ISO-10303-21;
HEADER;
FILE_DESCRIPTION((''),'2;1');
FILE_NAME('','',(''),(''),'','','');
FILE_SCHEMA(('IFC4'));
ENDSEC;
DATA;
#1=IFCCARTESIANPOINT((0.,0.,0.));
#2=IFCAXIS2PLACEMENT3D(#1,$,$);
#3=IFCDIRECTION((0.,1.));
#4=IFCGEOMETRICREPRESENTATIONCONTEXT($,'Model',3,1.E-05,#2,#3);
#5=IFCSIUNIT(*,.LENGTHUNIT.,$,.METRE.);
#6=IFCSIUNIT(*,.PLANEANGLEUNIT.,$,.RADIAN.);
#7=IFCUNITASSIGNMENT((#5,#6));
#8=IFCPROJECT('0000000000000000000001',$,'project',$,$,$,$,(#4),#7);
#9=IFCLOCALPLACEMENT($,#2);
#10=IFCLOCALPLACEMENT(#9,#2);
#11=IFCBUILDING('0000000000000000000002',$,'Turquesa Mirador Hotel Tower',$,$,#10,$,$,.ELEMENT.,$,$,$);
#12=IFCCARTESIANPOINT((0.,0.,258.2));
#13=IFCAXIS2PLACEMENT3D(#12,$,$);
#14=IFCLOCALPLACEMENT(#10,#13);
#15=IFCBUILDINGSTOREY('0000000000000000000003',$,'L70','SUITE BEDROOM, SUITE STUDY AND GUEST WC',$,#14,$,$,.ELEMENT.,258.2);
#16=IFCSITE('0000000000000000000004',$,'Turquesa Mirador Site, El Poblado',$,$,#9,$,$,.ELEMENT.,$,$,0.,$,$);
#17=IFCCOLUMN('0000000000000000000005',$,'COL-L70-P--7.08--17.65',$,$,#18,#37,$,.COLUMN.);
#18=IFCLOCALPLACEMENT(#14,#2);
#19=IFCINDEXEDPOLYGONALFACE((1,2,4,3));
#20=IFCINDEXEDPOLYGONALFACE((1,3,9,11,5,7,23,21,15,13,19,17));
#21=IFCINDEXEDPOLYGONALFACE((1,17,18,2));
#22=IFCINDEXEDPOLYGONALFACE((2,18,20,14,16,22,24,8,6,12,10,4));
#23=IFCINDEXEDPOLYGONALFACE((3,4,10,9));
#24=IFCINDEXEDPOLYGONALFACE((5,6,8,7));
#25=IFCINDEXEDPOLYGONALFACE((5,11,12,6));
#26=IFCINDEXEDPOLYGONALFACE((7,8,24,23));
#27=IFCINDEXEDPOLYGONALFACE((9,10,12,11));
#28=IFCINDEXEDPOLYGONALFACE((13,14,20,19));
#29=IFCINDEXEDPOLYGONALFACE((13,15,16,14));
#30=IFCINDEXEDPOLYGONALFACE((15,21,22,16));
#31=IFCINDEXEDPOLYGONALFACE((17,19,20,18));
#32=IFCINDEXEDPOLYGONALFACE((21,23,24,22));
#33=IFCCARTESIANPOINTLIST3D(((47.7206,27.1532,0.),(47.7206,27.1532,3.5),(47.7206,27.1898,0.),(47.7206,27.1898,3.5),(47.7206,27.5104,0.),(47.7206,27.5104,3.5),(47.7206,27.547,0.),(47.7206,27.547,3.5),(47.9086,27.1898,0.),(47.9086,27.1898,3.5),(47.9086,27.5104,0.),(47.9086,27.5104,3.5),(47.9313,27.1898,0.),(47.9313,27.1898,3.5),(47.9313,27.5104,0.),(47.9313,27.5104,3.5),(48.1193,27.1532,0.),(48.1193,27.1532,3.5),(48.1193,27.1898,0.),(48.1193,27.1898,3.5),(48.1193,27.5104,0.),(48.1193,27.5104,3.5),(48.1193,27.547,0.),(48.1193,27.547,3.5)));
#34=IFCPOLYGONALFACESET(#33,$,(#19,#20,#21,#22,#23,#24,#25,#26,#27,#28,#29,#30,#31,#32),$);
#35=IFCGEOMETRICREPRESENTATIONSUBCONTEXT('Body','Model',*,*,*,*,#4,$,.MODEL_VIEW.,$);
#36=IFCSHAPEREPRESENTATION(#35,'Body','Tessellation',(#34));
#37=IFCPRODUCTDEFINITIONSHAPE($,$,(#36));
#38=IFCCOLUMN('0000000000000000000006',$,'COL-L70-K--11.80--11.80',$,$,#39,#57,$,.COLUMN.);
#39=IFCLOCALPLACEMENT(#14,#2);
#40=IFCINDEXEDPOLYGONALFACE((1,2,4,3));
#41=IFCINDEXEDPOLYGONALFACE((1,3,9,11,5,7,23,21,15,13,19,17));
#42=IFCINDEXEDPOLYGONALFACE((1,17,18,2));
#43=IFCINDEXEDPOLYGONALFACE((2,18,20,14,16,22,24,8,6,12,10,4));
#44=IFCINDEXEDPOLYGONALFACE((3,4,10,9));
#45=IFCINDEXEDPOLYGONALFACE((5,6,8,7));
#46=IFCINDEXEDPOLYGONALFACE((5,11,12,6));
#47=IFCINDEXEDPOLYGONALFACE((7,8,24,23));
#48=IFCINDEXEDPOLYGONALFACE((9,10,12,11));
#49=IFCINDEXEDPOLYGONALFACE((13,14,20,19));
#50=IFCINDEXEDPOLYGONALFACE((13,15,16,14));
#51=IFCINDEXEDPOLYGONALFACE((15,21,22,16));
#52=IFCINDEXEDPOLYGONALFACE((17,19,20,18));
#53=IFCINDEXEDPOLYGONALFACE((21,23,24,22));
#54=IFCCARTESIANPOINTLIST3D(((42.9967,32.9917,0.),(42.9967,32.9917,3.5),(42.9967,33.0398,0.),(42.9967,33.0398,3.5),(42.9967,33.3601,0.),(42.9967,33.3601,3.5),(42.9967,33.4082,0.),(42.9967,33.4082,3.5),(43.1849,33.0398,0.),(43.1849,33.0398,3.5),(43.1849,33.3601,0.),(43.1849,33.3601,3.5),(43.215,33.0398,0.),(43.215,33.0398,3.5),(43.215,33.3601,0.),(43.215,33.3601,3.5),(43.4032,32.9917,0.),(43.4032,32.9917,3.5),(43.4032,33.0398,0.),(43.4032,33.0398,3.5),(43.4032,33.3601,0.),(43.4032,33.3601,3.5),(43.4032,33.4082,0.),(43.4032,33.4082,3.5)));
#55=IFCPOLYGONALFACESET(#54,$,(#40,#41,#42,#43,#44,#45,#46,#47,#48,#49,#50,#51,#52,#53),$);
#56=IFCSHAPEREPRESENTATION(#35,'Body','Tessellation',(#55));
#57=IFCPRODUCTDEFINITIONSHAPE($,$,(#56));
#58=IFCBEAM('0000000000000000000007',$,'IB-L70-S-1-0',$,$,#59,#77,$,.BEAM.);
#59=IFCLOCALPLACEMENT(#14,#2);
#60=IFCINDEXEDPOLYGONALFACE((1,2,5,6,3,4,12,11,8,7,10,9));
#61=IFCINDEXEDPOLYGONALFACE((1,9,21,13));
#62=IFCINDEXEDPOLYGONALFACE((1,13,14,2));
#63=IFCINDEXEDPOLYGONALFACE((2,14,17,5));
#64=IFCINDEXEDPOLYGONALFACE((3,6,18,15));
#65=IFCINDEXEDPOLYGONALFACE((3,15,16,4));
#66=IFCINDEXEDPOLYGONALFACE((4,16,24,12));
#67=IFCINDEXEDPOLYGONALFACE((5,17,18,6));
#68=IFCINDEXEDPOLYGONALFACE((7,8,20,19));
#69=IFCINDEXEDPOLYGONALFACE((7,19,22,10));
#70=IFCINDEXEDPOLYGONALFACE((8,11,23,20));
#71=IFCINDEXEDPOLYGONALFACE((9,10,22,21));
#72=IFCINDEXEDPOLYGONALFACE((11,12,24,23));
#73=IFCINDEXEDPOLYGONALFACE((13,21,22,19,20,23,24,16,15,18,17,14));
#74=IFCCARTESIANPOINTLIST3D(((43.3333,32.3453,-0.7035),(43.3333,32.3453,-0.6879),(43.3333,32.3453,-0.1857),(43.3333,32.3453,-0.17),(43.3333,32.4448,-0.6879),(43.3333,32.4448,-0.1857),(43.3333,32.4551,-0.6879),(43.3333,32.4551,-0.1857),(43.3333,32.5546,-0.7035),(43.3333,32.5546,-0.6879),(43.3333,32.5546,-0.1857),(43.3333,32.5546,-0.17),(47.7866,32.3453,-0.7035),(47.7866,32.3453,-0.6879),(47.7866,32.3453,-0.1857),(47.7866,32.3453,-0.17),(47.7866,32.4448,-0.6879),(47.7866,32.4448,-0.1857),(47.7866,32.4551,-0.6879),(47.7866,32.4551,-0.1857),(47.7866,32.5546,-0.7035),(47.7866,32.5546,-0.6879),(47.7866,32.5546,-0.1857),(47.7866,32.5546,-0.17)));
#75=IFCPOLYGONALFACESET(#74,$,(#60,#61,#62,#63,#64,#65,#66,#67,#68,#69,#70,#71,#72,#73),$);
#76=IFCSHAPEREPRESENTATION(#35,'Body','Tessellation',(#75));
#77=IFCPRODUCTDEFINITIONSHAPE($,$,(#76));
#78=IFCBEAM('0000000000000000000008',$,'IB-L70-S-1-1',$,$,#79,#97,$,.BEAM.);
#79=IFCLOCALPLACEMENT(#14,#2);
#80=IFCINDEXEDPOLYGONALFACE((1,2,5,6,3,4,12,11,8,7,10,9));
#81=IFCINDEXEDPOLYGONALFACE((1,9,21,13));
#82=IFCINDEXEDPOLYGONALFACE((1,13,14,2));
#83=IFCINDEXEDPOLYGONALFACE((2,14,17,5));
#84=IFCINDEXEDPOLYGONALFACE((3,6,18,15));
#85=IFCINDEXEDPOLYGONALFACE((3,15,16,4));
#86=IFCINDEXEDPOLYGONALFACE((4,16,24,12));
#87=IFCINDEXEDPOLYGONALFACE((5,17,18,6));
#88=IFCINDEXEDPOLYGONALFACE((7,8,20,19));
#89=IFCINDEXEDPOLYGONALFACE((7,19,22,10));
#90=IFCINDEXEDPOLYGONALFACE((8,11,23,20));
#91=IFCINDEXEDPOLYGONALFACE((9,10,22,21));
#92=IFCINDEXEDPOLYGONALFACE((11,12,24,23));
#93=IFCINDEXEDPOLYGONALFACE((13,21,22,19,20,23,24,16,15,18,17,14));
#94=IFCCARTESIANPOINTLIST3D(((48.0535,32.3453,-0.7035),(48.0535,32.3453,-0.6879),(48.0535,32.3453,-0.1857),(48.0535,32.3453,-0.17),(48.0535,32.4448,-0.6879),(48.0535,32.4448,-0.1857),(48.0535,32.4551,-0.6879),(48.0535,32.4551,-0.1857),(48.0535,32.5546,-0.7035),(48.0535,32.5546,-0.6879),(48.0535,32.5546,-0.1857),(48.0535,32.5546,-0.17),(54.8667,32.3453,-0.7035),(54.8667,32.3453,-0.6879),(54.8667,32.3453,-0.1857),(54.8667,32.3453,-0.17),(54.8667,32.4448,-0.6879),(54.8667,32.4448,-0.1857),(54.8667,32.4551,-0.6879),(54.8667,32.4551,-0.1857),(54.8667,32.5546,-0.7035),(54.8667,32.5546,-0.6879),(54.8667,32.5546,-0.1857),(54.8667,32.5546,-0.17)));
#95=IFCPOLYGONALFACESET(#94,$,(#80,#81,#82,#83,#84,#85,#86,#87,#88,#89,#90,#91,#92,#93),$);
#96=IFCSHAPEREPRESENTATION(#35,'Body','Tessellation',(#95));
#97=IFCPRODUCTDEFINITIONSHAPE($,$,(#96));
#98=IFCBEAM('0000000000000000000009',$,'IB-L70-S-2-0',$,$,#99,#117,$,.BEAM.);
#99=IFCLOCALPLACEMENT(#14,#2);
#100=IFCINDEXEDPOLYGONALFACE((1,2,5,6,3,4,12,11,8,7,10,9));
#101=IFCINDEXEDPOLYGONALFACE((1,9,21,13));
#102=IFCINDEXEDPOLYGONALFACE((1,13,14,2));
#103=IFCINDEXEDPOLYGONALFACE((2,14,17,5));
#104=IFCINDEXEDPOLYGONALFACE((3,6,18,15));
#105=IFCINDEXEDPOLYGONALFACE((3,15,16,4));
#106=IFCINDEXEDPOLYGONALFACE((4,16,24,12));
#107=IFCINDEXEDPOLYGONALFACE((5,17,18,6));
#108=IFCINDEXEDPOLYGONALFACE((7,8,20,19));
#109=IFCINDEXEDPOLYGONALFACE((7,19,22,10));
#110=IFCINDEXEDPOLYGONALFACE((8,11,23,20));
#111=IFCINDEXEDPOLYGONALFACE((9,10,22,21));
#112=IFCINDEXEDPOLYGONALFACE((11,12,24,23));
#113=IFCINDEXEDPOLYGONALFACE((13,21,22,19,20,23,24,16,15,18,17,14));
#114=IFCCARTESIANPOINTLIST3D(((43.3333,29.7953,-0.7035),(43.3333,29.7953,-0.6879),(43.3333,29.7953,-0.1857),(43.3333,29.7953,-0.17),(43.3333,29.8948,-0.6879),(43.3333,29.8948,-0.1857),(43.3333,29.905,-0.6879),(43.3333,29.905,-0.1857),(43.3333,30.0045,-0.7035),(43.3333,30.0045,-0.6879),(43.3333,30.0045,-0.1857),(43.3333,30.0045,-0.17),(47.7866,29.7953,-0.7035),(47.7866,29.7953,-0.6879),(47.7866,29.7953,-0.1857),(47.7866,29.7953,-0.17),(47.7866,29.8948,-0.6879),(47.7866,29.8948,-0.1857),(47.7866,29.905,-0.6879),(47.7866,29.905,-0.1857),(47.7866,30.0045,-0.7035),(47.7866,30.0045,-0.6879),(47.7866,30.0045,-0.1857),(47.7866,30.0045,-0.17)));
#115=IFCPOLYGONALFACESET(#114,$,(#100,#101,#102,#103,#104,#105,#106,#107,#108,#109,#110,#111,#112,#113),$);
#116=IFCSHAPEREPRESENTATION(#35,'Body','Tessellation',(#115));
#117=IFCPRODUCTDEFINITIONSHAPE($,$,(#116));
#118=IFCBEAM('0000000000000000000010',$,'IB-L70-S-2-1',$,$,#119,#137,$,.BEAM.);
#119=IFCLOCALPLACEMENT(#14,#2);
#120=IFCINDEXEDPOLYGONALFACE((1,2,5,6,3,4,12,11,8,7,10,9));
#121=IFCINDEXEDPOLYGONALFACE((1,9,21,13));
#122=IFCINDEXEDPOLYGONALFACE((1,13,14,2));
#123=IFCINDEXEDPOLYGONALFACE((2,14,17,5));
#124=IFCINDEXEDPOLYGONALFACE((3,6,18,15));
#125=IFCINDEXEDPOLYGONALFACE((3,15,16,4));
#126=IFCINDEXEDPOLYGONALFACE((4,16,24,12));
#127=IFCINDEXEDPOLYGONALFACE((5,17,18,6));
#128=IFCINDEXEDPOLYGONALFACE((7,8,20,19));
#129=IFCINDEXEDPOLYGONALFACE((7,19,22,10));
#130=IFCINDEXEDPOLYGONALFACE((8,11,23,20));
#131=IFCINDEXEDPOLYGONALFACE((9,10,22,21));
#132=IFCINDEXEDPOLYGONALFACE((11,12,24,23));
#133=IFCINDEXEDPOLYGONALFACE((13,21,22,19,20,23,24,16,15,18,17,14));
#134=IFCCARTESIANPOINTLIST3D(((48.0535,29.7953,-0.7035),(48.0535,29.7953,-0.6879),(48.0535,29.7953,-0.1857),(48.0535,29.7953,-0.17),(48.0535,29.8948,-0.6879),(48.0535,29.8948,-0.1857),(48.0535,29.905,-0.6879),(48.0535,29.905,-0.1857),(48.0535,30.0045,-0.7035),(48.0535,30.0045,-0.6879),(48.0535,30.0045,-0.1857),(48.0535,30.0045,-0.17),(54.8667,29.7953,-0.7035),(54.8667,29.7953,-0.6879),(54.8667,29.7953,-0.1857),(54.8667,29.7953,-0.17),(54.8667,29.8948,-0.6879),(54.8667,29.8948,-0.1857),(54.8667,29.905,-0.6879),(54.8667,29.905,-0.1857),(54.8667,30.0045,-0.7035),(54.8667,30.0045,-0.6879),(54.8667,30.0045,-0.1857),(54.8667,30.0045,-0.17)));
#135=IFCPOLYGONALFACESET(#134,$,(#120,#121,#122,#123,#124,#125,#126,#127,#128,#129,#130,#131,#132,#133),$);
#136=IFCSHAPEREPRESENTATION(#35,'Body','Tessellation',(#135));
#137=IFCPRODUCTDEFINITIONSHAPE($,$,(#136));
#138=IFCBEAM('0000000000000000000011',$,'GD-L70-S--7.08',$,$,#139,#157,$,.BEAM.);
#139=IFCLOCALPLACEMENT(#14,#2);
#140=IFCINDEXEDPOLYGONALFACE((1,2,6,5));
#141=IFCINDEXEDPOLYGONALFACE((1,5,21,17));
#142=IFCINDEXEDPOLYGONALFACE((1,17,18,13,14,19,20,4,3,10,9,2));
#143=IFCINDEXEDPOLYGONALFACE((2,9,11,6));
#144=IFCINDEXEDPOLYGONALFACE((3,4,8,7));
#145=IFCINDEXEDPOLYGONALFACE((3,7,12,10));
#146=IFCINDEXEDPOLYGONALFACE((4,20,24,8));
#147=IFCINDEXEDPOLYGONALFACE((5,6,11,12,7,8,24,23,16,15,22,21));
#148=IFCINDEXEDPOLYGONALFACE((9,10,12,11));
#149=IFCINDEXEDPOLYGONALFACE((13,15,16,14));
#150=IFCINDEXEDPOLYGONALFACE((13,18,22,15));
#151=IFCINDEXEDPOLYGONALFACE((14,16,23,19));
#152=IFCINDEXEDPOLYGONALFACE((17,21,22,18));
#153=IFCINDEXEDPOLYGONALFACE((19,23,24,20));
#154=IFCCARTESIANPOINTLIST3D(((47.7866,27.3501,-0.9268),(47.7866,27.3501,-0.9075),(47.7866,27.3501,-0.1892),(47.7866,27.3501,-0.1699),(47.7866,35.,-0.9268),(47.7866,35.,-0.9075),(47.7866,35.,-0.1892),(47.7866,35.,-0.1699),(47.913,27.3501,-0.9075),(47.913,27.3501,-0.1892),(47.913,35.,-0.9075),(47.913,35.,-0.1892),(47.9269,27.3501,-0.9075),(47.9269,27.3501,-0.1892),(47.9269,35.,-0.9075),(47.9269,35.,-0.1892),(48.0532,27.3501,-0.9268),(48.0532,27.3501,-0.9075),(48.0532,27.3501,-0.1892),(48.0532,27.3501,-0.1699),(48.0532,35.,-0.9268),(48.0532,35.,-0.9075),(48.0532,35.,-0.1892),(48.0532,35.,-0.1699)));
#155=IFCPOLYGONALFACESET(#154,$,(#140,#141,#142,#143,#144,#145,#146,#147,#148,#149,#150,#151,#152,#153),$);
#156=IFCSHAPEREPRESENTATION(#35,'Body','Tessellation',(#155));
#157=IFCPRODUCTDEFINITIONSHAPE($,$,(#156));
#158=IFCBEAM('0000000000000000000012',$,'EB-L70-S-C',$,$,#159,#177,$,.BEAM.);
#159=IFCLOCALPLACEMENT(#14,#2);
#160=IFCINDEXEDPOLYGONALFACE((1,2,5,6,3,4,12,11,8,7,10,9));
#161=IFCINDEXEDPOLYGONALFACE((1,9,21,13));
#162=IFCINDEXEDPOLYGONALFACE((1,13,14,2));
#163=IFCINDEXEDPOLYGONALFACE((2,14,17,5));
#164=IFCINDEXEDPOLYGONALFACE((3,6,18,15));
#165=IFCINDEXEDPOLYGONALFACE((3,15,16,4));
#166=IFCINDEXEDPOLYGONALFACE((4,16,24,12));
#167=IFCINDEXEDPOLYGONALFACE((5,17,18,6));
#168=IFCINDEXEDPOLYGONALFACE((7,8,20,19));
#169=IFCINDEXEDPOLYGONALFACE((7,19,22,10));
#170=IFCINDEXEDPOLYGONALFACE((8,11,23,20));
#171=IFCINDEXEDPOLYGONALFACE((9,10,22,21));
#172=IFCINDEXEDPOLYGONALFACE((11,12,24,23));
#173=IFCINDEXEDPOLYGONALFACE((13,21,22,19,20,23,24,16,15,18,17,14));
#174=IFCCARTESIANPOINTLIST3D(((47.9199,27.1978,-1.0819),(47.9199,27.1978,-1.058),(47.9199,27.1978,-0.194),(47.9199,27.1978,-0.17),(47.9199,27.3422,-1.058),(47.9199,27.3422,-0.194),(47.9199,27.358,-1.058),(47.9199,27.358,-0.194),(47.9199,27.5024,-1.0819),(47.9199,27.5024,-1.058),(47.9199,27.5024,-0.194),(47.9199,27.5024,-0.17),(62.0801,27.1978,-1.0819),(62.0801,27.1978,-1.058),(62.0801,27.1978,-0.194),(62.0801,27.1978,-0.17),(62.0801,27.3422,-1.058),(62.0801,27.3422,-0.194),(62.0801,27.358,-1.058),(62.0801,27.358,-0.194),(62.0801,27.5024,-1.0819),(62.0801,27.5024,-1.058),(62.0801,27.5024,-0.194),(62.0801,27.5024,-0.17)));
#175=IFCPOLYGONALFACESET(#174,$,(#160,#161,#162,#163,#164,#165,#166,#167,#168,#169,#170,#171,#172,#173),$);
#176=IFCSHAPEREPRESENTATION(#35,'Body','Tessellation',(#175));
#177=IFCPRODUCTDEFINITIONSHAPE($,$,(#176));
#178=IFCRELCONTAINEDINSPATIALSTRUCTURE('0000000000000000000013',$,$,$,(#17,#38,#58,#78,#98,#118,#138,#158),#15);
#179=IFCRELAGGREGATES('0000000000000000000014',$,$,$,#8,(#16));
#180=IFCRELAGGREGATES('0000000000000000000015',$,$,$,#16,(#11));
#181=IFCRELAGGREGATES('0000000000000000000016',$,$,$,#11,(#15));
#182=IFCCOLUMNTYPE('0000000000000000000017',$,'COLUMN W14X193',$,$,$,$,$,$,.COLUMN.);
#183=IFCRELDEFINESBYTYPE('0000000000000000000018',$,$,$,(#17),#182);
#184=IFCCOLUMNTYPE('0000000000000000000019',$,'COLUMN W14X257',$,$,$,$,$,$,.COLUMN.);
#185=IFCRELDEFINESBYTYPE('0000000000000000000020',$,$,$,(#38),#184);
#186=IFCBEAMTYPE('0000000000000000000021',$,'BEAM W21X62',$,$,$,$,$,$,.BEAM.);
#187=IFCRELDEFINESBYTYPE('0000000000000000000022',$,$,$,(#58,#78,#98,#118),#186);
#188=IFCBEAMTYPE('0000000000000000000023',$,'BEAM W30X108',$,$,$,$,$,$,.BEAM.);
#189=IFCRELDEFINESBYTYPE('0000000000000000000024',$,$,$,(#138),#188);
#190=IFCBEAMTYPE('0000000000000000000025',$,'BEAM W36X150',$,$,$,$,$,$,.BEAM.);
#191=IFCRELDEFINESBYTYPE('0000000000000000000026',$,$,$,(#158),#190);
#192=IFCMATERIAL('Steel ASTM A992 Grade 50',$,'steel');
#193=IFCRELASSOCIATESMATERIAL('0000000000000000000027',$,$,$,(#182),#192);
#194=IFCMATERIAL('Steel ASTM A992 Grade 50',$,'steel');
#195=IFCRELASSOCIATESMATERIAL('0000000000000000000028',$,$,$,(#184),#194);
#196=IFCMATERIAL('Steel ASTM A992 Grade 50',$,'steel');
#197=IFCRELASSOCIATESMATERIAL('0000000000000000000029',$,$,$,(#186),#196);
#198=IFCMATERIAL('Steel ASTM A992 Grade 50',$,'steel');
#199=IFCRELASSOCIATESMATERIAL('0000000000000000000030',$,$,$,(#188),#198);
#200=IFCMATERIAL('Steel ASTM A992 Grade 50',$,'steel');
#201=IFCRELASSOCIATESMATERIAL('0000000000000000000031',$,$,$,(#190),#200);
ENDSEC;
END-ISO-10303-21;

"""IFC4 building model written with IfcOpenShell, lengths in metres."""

from ifc_helpers import new_model, si_unit, direction, frame, origin, origin_2d, place, context, subcontext, project, spatial, i_section, extrude, material, material_profile, profile_set, type_object, element, save


model = new_model("IFC4")

# Units and contexts
model_context = context("Model", 3, precision=1e-05, world=origin(), true_north=direction((0.0, 1.0)))
body_context = subcontext(model_context, "Body", "Model", "MODEL_VIEW")
ifc_project = project(units=[si_unit("LENGTHUNIT", "METRE"), si_unit("PLANEANGLEUNIT", "RADIAN")], contexts=[model_context])

# Site, building, storey
site_placement = place(None, origin())
site = spatial("IfcSite", under=ifc_project, at=site_placement, Name="Turquesa Mirador Site, El Poblado", CompositionType="ELEMENT", RefElevation=0.0)
building_placement = place(site_placement, origin())
building = spatial("IfcBuilding", under=site, at=building_placement, Name="Turquesa Mirador Hotel Tower", CompositionType="ELEMENT")
storey_placement = place(building_placement, frame((0.0, 0.0, 258.2)))
storey = spatial("IfcBuildingStorey", under=building, at=storey_placement, Name="L70", Description="SUITE BEDROOM, SUITE STUDY AND GUEST WC", CompositionType="ELEMENT", Elevation=258.2)

# Columns
ifc_material_1 = material(Name="Steel ASTM A992 Grade 50", Category="steel")
ifc_material_profile_1 = material_profile(ifc_material_1, i_section(OverallWidth=0.3987, OverallDepth=0.3938, WebThickness=0.0227, FlangeThickness=0.0366, at=origin_2d()), Name="W14X193")
ifc_profile_set_1 = profile_set([ifc_material_profile_1], Name="Steel ASTM A992 Grade 50")
column_type_1 = type_object("IfcColumnType", Name="COLUMN W14X193", PredefinedType="COLUMN", material=ifc_profile_set_1)
column_1_placement = place(storey_placement, frame((47.9199, 27.3501, 0.0), z_axis=(0.0, 0.0, 1.0), x_axis=(1.0, 0.0, 0.0)))
element("IfcColumn", 1, at=column_1_placement, inside=storey, type_object=column_type_1, Name="COL-L70-P--7.08--17.65", PredefinedType="COLUMN", context=body_context, shape_type="SweptSolid", body=[
    extrude(i_section(OverallWidth=0.3987, OverallDepth=0.3938, WebThickness=0.0227, FlangeThickness=0.0366, at=origin_2d()), origin(), (0.0, 0.0, 1.0), 3.5),
])
ifc_material_2 = material(Name="Steel ASTM A992 Grade 50", Category="steel")
ifc_material_profile_2 = material_profile(ifc_material_2, i_section(OverallWidth=0.4065, OverallDepth=0.4165, WebThickness=0.03, FlangeThickness=0.0481, at=origin_2d()), Name="W14X257")
ifc_profile_set_2 = profile_set([ifc_material_profile_2], Name="Steel ASTM A992 Grade 50")
column_type_2 = type_object("IfcColumnType", Name="COLUMN W14X257", PredefinedType="COLUMN", material=ifc_profile_set_2)
column_2_placement = place(storey_placement, frame((43.2, 33.2, 0.0), z_axis=(0.0, 0.0, 1.0), x_axis=(1.0, 0.0, 0.0)))
element("IfcColumn", 2, at=column_2_placement, inside=storey, type_object=column_type_2, Name="COL-L70-K--11.80--11.80", PredefinedType="COLUMN", context=body_context, shape_type="SweptSolid", body=[
    extrude(i_section(OverallWidth=0.4065, OverallDepth=0.4165, WebThickness=0.03, FlangeThickness=0.0481, at=origin_2d()), origin(), (0.0, 0.0, 1.0), 3.5),
])

# Beams
ifc_material_3 = material(Name="Steel ASTM A992 Grade 50", Category="steel")
ifc_material_profile_3 = material_profile(ifc_material_3, i_section(OverallWidth=0.2092, OverallDepth=0.5334, WebThickness=0.0103, FlangeThickness=0.0156, at=origin_2d()), Name="W21X62")
ifc_profile_set_3 = profile_set([ifc_material_profile_3], Name="Steel ASTM A992 Grade 50")
beam_type_1 = type_object("IfcBeamType", Name="BEAM W21X62", PredefinedType="BEAM", material=ifc_profile_set_3)
beam_1_placement = place(storey_placement, frame((43.3333, 32.45, -0.4368), z_axis=(1.0, 0.0, 0.0), x_axis=(0.0, 1.0, 0.0)))
element("IfcBeam", 3, at=beam_1_placement, inside=storey, type_object=beam_type_1, Name="IB-L70-S-1-0", PredefinedType="BEAM", context=body_context, shape_type="SweptSolid", body=[
    extrude(i_section(OverallWidth=0.2092, OverallDepth=0.5334, WebThickness=0.0103, FlangeThickness=0.0156, at=origin_2d()), origin(), (0.0, 0.0, 1.0), 4.4534),
])
beam_2_placement = place(storey_placement, frame((48.0535, 32.45, -0.4368), z_axis=(1.0, 0.0, 0.0), x_axis=(0.0, 1.0, 0.0)))
element("IfcBeam", 4, at=beam_2_placement, inside=storey, type_object=beam_type_1, Name="IB-L70-S-1-1", PredefinedType="BEAM", context=body_context, shape_type="SweptSolid", body=[
    extrude(i_section(OverallWidth=0.2092, OverallDepth=0.5334, WebThickness=0.0103, FlangeThickness=0.0156, at=origin_2d()), origin(), (0.0, 0.0, 1.0), 6.8132),
])
beam_3_placement = place(storey_placement, frame((43.3333, 29.8999, -0.4368), z_axis=(1.0, 0.0, 0.0), x_axis=(0.0, 1.0, 0.0)))
element("IfcBeam", 5, at=beam_3_placement, inside=storey, type_object=beam_type_1, Name="IB-L70-S-2-0", PredefinedType="BEAM", context=body_context, shape_type="SweptSolid", body=[
    extrude(i_section(OverallWidth=0.2092, OverallDepth=0.5334, WebThickness=0.0103, FlangeThickness=0.0156, at=origin_2d()), origin(), (0.0, 0.0, 1.0), 4.4534),
])
beam_4_placement = place(storey_placement, frame((48.0535, 29.8999, -0.4368), z_axis=(1.0, 0.0, 0.0), x_axis=(0.0, 1.0, 0.0)))
element("IfcBeam", 6, at=beam_4_placement, inside=storey, type_object=beam_type_1, Name="IB-L70-S-2-1", PredefinedType="BEAM", context=body_context, shape_type="SweptSolid", body=[
    extrude(i_section(OverallWidth=0.2092, OverallDepth=0.5334, WebThickness=0.0103, FlangeThickness=0.0156, at=origin_2d()), origin(), (0.0, 0.0, 1.0), 6.8132),
])
ifc_material_4 = material(Name="Steel ASTM A992 Grade 50", Category="steel")
ifc_material_profile_4 = material_profile(ifc_material_4, i_section(OverallWidth=0.2666, OverallDepth=0.7568, WebThickness=0.0139, FlangeThickness=0.0193, at=origin_2d()), Name="W30X108")
ifc_profile_set_4 = profile_set([ifc_material_profile_4], Name="Steel ASTM A992 Grade 50")
beam_type_2 = type_object("IfcBeamType", Name="BEAM W30X108", PredefinedType="BEAM", material=ifc_profile_set_4)
beam_5_placement = place(storey_placement, frame((47.9199, 27.3501, -0.5483), z_axis=(0.0, 1.0, 0.0), x_axis=(-1.0, 0.0, 0.0)))
element("IfcBeam", 7, at=beam_5_placement, inside=storey, type_object=beam_type_2, Name="GD-L70-S--7.08", PredefinedType="BEAM", context=body_context, shape_type="SweptSolid", body=[
    extrude(i_section(OverallWidth=0.2666, OverallDepth=0.7568, WebThickness=0.0139, FlangeThickness=0.0193, at=origin_2d()), origin(), (0.0, 0.0, 1.0), 7.6499),
])
ifc_material_5 = material(Name="Steel ASTM A992 Grade 50", Category="steel")
ifc_material_profile_5 = material_profile(ifc_material_5, i_section(OverallWidth=0.3047, OverallDepth=0.9119, WebThickness=0.0159, FlangeThickness=0.0239, at=origin_2d()), Name="W36X150")
ifc_profile_set_5 = profile_set([ifc_material_profile_5], Name="Steel ASTM A992 Grade 50")
beam_type_3 = type_object("IfcBeamType", Name="BEAM W36X150", PredefinedType="BEAM", material=ifc_profile_set_5)
beam_6_placement = place(storey_placement, frame((47.9199, 27.3501, -0.626), z_axis=(1.0, 0.0, 0.0), x_axis=(0.0, 1.0, 0.0)))
element("IfcBeam", 8, at=beam_6_placement, inside=storey, type_object=beam_type_3, Name="EB-L70-S-C", PredefinedType="BEAM", context=body_context, shape_type="SweptSolid", body=[
    extrude(i_section(OverallWidth=0.3047, OverallDepth=0.9119, WebThickness=0.0159, FlangeThickness=0.0239, at=origin_2d()), origin(), (0.0, 0.0, 1.0), 14.1602),
])

save(model, "model.ifc")
